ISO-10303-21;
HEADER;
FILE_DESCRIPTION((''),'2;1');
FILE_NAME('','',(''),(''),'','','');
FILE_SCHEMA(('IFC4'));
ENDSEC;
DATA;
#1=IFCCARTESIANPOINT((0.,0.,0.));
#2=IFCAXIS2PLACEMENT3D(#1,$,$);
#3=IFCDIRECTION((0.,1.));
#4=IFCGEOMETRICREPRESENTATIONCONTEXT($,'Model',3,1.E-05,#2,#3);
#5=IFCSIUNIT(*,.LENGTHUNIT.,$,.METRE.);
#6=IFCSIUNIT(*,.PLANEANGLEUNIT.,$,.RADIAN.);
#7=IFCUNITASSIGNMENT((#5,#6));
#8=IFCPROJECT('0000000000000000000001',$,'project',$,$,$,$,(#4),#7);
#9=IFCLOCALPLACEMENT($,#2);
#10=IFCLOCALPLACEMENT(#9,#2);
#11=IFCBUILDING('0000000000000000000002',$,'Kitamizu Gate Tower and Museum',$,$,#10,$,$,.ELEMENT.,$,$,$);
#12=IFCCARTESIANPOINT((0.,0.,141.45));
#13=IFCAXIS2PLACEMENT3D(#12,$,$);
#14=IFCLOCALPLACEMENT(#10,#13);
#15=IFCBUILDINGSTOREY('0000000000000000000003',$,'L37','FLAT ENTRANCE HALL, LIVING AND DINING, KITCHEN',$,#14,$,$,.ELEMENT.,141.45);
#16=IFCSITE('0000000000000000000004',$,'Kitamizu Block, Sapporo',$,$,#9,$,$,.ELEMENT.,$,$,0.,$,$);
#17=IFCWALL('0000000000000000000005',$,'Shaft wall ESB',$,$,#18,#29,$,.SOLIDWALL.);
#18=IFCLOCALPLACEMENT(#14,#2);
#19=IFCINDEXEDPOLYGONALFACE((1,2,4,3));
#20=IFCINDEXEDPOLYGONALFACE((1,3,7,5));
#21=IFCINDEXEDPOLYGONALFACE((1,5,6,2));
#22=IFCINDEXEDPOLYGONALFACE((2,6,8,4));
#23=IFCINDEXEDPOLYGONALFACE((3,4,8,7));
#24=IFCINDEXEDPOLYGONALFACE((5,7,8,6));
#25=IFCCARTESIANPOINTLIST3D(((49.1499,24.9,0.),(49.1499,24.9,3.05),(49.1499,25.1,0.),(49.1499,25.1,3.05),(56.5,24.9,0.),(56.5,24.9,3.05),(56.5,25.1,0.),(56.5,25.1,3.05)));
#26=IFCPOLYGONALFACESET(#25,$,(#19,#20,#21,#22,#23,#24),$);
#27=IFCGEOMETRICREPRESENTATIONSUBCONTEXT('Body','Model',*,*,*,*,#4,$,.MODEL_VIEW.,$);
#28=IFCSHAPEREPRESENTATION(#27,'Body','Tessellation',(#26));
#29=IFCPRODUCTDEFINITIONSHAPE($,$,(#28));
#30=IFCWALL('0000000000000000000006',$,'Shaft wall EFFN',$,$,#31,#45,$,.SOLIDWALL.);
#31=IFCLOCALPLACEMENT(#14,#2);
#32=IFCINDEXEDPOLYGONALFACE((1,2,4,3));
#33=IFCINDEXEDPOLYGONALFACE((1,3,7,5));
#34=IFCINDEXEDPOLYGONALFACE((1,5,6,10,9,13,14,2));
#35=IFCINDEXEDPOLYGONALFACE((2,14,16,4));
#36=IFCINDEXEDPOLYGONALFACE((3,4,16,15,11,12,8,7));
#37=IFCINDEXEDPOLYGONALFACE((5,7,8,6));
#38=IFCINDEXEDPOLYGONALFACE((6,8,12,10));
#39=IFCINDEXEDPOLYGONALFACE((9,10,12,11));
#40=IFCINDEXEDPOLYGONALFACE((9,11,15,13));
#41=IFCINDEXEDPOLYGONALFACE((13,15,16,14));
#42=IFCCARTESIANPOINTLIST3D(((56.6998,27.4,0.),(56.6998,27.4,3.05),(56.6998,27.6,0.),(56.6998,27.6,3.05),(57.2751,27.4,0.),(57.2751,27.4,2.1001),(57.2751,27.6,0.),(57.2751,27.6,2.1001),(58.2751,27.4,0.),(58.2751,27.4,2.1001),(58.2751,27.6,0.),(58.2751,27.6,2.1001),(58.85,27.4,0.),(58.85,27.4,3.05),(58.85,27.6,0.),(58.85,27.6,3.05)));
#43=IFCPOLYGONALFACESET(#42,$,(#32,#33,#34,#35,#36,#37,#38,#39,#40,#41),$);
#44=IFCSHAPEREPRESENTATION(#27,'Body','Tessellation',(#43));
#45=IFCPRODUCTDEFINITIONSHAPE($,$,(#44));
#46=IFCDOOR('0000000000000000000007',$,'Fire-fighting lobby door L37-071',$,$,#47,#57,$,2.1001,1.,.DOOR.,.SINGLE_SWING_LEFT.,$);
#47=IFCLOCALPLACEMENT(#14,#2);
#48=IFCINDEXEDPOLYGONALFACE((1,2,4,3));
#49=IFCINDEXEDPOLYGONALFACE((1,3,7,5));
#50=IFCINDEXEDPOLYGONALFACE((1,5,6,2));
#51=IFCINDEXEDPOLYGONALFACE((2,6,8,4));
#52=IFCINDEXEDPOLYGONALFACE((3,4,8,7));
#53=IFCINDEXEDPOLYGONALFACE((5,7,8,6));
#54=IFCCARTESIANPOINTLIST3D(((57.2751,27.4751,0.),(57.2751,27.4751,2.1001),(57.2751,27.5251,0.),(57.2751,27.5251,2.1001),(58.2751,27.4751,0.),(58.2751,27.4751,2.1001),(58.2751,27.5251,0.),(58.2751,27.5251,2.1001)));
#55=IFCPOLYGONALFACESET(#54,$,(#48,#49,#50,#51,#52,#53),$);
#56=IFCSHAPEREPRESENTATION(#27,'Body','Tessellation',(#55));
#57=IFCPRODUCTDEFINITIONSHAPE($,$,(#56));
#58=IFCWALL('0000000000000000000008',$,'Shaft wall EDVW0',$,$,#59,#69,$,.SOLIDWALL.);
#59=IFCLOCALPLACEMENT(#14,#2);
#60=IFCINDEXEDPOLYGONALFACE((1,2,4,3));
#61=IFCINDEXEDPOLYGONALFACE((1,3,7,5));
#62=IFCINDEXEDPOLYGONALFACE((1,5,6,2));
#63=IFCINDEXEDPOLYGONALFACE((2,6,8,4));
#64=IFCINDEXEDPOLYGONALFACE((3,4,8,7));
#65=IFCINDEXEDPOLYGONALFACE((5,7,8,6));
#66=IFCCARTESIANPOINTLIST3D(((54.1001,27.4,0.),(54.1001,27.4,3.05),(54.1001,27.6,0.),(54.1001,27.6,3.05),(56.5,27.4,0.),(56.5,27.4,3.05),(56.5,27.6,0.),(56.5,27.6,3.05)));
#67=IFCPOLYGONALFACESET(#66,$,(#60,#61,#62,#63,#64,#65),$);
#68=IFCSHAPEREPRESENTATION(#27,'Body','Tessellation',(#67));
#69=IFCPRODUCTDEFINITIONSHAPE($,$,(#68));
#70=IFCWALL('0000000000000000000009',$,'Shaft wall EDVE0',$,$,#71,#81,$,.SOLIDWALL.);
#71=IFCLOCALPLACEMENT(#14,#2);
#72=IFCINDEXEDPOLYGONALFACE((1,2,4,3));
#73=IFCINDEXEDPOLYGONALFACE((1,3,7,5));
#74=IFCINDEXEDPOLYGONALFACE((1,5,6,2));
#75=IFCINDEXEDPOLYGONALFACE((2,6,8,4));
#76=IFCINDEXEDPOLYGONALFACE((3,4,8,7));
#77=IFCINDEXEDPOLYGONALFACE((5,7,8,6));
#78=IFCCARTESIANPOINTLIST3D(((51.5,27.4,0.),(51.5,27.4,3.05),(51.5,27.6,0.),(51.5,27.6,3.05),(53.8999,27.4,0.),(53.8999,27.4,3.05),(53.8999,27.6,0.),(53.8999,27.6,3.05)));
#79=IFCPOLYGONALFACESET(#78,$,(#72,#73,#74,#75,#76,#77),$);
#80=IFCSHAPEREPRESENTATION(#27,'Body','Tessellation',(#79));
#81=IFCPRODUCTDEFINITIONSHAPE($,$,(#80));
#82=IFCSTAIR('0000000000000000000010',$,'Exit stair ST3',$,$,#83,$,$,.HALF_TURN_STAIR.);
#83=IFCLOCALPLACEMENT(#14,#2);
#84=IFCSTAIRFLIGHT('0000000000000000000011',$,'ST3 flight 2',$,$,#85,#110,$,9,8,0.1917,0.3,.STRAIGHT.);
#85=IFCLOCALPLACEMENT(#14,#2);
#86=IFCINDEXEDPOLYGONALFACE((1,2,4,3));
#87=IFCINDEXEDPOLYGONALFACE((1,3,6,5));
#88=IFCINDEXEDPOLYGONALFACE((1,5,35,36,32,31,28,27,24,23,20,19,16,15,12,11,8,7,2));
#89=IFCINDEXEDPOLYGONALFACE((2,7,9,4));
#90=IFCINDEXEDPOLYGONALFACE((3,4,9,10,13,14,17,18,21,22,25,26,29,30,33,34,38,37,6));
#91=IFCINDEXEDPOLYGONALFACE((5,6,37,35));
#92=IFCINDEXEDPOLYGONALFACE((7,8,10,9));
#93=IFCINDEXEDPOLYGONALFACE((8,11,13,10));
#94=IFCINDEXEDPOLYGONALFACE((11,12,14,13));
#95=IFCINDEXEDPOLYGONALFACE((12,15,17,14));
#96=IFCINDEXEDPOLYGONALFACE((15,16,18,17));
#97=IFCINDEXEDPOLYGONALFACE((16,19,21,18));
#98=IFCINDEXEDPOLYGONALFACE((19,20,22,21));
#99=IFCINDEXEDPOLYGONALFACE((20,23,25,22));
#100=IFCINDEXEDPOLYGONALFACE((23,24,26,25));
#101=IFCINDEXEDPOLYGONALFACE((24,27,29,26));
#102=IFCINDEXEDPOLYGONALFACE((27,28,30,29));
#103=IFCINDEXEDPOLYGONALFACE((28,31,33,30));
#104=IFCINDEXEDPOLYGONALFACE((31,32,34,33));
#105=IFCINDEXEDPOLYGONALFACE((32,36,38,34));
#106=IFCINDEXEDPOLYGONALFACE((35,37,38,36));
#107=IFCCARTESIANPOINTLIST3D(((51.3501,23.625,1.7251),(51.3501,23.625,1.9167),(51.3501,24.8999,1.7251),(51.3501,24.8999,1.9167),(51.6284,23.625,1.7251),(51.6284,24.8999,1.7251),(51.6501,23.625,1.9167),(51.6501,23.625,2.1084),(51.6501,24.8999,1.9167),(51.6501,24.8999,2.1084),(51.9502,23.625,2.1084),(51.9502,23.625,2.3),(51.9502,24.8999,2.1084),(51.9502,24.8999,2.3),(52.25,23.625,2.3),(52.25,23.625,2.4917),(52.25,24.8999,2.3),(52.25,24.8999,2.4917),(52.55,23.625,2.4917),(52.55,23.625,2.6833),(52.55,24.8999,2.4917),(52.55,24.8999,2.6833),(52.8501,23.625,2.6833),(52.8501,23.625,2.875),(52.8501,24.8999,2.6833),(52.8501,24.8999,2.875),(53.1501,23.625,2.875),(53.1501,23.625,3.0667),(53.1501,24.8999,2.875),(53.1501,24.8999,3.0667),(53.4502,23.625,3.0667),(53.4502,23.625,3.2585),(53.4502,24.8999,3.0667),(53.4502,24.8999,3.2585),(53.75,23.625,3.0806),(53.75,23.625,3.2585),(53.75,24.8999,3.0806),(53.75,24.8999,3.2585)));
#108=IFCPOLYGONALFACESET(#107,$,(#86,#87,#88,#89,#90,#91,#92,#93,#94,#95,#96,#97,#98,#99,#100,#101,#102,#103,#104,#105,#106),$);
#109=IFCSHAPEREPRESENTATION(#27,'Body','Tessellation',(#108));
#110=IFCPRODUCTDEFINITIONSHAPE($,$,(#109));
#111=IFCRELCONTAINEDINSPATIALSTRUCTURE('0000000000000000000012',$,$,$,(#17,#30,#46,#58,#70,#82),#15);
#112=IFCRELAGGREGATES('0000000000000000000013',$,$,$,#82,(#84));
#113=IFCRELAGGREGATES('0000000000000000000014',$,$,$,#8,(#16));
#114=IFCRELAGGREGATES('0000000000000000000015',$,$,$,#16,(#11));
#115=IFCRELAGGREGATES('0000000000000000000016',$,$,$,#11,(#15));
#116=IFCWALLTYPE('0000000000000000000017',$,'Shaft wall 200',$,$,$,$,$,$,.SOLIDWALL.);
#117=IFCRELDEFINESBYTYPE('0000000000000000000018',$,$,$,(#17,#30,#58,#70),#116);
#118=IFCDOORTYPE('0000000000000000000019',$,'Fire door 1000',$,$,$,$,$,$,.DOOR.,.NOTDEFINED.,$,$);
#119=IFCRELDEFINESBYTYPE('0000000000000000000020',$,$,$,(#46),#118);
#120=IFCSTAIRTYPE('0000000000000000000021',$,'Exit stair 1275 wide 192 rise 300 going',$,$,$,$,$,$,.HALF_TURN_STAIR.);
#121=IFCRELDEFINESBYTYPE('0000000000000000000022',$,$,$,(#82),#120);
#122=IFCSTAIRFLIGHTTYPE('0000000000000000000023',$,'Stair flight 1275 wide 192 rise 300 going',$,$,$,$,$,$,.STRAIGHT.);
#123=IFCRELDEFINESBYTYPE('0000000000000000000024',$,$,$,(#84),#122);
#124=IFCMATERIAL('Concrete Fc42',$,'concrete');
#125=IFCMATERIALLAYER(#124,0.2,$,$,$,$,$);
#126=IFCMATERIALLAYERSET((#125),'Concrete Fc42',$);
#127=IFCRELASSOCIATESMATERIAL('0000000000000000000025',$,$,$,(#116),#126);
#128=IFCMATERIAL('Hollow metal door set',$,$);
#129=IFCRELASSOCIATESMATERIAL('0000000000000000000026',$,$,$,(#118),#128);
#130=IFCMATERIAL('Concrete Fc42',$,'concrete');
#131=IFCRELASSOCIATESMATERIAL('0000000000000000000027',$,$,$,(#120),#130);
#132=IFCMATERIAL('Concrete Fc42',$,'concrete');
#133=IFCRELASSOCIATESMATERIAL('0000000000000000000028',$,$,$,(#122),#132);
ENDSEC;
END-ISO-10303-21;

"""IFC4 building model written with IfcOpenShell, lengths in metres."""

from ifc_helpers import new_model, si_unit, direction, frame, frame_2d, origin, place, context, subcontext, project, spatial, polyline, rectangle, outline, extrude, material, layer, layer_set, type_object, element, fill, aggregate, save


model = new_model("IFC4")

# Units and contexts
model_context = context("Model", 3, precision=1e-05, world=origin(), true_north=direction((0.0, 1.0)))
body_context = subcontext(model_context, "Body", "Model", "MODEL_VIEW")
ifc_project = project(units=[si_unit("LENGTHUNIT", "METRE"), si_unit("PLANEANGLEUNIT", "RADIAN")], contexts=[model_context])

# Site, building, storey
site_placement = place(None, origin())
site = spatial("IfcSite", under=ifc_project, at=site_placement, Name="Kitamizu Block, Sapporo", CompositionType="ELEMENT", RefElevation=0.0)
building_placement = place(site_placement, origin())
building = spatial("IfcBuilding", under=site, at=building_placement, Name="Kitamizu Gate Tower and Museum", CompositionType="ELEMENT")
storey_placement = place(building_placement, frame((0.0, 0.0, 141.45)))
storey = spatial("IfcBuildingStorey", under=building, at=storey_placement, Name="L37", Description="FLAT ENTRANCE HALL, LIVING AND DINING, KITCHEN", CompositionType="ELEMENT", Elevation=141.45)

# Shared definitions
ifc_material_1 = material(Name="Concrete Fc42", Category="concrete")
ifc_layer = layer(ifc_material_1, 0.2)
ifc_layer_set = layer_set([ifc_layer], Name="Concrete Fc42")
wall_type = type_object("IfcWallType", Name="Shaft wall 200", PredefinedType="SOLIDWALL", material=ifc_layer_set)
ifc_material_2 = material(Name="Hollow metal door set")
door_type_1 = type_object("IfcDoorType", Name="Fire door 1000", OperationType="NOTDEFINED", PredefinedType="DOOR", material=ifc_material_2)

# Wall
wall_1_placement = place(storey_placement, frame((56.5, 25.0, 0.0), z_axis=(0.0, 0.0, 1.0), x_axis=(-1.0, 0.0, 0.0)))
element("IfcWall", 1, at=wall_1_placement, inside=storey, type_object=wall_type, Name="Shaft wall ESB", PredefinedType="SOLIDWALL", context=body_context, shape_type="SweptSolid", body=[
    extrude(rectangle(XDim=7.3501, YDim=0.2, at=frame_2d((3.675, 0.0))), origin(), (0.0, 0.0, 1.0), 3.05),
])

# Wall, opening, door
wall_2_placement = place(storey_placement, frame((58.8501, 27.5, 0.0), z_axis=(0.0, 0.0, 1.0), x_axis=(-1.0, 0.0, 0.0)))
wall_2 = element("IfcWall", 2, at=wall_2_placement, inside=storey, type_object=wall_type, Name="Shaft wall EFFN", PredefinedType="SOLIDWALL", context=body_context, shape_type="SweptSolid", body=[
    extrude(rectangle(XDim=2.1501, YDim=0.2, at=frame_2d((1.0752, 0.0))), origin(), (0.0, 0.0, 1.0), 3.05),
])
opening_1_placement = place(wall_2_placement, frame((0.575, 0.0, 0.0)))
opening_1 = element("IfcOpeningElement", 3, at=opening_1_placement, cuts=wall_2, PredefinedType="OPENING", context=body_context, shape_type="SweptSolid", body=[
    extrude(rectangle(XDim=1.0, YDim=2.1001, at=frame_2d((0.5, 1.05))), frame((0.0, 0.1099, 0.0), z_axis=(0.0, -1.0, 0.0), x_axis=(1.0, 0.0, 0.0)), (0.0, 0.0, 1.0), 0.22),
])
door_1_placement = place(opening_1_placement, origin())
door_1 = element("IfcDoor", 4, at=door_1_placement, inside=storey, type_object=door_type_1, Name="Fire-fighting lobby door L37-071", OperationType="SINGLE_SWING_LEFT", OverallHeight=2.1001, OverallWidth=1.0, PredefinedType="DOOR", context=body_context, shape_type="SweptSolid", body=[
    extrude(rectangle(XDim=1.0, YDim=2.1001, at=frame_2d((0.5, 1.05))), frame((0.0, 0.0249, 0.0), z_axis=(0.0, -1.0, 0.0), x_axis=(1.0, 0.0, 0.0)), (0.0, 0.0, 1.0), 0.05),
])
fill(opening_1, door_1)

# Walls
for number, where, z_axis, x_axis, name in (
    (5, (56.5, 27.5, 0.0), (0.0, 0.0, 1.0), (-1.0, 0.0, 0.0), "Shaft wall EDVW0"),
    (6, (53.8999, 27.5, 0.0), (0.0, 0.0, 1.0), (-1.0, 0.0, 0.0), "Shaft wall EDVE0"),
):
    element("IfcWall", number, at=place(storey_placement, frame(where, z_axis=z_axis, x_axis=x_axis)), inside=storey, type_object=wall_type, Name=name, PredefinedType="SOLIDWALL", context=body_context, shape_type="SweptSolid", body=[
        extrude(rectangle(XDim=2.3999, YDim=0.2, at=frame_2d((1.2, 0.0))), origin(), (0.0, 0.0, 1.0), 3.05),
    ])

# Stair, stair flight
ifc_material_3 = material(Name="Concrete Fc42", Category="concrete")
stair_type = type_object("IfcStairType", Name="Exit stair 1275 wide 192 rise 300 going", PredefinedType="HALF_TURN_STAIR", material=ifc_material_3)
stair_placement = place(storey_placement, origin())
stair = element("IfcStair", 7, at=stair_placement, inside=storey, type_object=stair_type, Name="Exit stair ST3", PredefinedType="HALF_TURN_STAIR")
ifc_material_4 = material(Name="Concrete Fc42", Category="concrete")
stair_flight_type = type_object("IfcStairFlightType", Name="Stair flight 1275 wide 192 rise 300 going", PredefinedType="STRAIGHT", material=ifc_material_4)
stair_flight_placement = place(storey_placement, frame((51.3501, 24.2625, 1.7251), z_axis=(0.0, 0.0, 1.0), x_axis=(1.0, 0.0, 0.0)))
stair_flight = element("IfcStairFlight", 8, at=stair_flight_placement, type_object=stair_flight_type, Name="ST3 flight 2", NumberOfRisers=9, NumberOfTreads=8, PredefinedType="STRAIGHT", RiserHeight=0.1917, TreadLength=0.3, context=body_context, shape_type="SweptSolid", body=[
    extrude(outline(polyline([(0.0, 0.0), (0.0, 0.1917), (0.3, 0.1917), (0.3, 0.3833), (0.6001, 0.3833), (0.6001, 0.575), (0.8999, 0.575), (0.8999, 0.7666), (1.2, 0.7666), (1.2, 0.9583), (1.5, 0.9583), (1.5, 1.1499), (1.8, 1.1499), (1.8, 1.3416), (2.1001, 1.3416), (2.1001, 1.5334), (2.3999, 1.5334), (2.3999, 1.7251), (2.3999, 1.3555), (0.2783, 0.0), (0.0, 0.0)])), frame((0.0, 0.6375, 0.0), z_axis=(0.0, -1.0, 0.0), x_axis=(1.0, 0.0, 0.0)), (0.0, 0.0, 1.0), 1.2749),
])
aggregate(stair, [stair_flight])

save(model, "model.ifc")
